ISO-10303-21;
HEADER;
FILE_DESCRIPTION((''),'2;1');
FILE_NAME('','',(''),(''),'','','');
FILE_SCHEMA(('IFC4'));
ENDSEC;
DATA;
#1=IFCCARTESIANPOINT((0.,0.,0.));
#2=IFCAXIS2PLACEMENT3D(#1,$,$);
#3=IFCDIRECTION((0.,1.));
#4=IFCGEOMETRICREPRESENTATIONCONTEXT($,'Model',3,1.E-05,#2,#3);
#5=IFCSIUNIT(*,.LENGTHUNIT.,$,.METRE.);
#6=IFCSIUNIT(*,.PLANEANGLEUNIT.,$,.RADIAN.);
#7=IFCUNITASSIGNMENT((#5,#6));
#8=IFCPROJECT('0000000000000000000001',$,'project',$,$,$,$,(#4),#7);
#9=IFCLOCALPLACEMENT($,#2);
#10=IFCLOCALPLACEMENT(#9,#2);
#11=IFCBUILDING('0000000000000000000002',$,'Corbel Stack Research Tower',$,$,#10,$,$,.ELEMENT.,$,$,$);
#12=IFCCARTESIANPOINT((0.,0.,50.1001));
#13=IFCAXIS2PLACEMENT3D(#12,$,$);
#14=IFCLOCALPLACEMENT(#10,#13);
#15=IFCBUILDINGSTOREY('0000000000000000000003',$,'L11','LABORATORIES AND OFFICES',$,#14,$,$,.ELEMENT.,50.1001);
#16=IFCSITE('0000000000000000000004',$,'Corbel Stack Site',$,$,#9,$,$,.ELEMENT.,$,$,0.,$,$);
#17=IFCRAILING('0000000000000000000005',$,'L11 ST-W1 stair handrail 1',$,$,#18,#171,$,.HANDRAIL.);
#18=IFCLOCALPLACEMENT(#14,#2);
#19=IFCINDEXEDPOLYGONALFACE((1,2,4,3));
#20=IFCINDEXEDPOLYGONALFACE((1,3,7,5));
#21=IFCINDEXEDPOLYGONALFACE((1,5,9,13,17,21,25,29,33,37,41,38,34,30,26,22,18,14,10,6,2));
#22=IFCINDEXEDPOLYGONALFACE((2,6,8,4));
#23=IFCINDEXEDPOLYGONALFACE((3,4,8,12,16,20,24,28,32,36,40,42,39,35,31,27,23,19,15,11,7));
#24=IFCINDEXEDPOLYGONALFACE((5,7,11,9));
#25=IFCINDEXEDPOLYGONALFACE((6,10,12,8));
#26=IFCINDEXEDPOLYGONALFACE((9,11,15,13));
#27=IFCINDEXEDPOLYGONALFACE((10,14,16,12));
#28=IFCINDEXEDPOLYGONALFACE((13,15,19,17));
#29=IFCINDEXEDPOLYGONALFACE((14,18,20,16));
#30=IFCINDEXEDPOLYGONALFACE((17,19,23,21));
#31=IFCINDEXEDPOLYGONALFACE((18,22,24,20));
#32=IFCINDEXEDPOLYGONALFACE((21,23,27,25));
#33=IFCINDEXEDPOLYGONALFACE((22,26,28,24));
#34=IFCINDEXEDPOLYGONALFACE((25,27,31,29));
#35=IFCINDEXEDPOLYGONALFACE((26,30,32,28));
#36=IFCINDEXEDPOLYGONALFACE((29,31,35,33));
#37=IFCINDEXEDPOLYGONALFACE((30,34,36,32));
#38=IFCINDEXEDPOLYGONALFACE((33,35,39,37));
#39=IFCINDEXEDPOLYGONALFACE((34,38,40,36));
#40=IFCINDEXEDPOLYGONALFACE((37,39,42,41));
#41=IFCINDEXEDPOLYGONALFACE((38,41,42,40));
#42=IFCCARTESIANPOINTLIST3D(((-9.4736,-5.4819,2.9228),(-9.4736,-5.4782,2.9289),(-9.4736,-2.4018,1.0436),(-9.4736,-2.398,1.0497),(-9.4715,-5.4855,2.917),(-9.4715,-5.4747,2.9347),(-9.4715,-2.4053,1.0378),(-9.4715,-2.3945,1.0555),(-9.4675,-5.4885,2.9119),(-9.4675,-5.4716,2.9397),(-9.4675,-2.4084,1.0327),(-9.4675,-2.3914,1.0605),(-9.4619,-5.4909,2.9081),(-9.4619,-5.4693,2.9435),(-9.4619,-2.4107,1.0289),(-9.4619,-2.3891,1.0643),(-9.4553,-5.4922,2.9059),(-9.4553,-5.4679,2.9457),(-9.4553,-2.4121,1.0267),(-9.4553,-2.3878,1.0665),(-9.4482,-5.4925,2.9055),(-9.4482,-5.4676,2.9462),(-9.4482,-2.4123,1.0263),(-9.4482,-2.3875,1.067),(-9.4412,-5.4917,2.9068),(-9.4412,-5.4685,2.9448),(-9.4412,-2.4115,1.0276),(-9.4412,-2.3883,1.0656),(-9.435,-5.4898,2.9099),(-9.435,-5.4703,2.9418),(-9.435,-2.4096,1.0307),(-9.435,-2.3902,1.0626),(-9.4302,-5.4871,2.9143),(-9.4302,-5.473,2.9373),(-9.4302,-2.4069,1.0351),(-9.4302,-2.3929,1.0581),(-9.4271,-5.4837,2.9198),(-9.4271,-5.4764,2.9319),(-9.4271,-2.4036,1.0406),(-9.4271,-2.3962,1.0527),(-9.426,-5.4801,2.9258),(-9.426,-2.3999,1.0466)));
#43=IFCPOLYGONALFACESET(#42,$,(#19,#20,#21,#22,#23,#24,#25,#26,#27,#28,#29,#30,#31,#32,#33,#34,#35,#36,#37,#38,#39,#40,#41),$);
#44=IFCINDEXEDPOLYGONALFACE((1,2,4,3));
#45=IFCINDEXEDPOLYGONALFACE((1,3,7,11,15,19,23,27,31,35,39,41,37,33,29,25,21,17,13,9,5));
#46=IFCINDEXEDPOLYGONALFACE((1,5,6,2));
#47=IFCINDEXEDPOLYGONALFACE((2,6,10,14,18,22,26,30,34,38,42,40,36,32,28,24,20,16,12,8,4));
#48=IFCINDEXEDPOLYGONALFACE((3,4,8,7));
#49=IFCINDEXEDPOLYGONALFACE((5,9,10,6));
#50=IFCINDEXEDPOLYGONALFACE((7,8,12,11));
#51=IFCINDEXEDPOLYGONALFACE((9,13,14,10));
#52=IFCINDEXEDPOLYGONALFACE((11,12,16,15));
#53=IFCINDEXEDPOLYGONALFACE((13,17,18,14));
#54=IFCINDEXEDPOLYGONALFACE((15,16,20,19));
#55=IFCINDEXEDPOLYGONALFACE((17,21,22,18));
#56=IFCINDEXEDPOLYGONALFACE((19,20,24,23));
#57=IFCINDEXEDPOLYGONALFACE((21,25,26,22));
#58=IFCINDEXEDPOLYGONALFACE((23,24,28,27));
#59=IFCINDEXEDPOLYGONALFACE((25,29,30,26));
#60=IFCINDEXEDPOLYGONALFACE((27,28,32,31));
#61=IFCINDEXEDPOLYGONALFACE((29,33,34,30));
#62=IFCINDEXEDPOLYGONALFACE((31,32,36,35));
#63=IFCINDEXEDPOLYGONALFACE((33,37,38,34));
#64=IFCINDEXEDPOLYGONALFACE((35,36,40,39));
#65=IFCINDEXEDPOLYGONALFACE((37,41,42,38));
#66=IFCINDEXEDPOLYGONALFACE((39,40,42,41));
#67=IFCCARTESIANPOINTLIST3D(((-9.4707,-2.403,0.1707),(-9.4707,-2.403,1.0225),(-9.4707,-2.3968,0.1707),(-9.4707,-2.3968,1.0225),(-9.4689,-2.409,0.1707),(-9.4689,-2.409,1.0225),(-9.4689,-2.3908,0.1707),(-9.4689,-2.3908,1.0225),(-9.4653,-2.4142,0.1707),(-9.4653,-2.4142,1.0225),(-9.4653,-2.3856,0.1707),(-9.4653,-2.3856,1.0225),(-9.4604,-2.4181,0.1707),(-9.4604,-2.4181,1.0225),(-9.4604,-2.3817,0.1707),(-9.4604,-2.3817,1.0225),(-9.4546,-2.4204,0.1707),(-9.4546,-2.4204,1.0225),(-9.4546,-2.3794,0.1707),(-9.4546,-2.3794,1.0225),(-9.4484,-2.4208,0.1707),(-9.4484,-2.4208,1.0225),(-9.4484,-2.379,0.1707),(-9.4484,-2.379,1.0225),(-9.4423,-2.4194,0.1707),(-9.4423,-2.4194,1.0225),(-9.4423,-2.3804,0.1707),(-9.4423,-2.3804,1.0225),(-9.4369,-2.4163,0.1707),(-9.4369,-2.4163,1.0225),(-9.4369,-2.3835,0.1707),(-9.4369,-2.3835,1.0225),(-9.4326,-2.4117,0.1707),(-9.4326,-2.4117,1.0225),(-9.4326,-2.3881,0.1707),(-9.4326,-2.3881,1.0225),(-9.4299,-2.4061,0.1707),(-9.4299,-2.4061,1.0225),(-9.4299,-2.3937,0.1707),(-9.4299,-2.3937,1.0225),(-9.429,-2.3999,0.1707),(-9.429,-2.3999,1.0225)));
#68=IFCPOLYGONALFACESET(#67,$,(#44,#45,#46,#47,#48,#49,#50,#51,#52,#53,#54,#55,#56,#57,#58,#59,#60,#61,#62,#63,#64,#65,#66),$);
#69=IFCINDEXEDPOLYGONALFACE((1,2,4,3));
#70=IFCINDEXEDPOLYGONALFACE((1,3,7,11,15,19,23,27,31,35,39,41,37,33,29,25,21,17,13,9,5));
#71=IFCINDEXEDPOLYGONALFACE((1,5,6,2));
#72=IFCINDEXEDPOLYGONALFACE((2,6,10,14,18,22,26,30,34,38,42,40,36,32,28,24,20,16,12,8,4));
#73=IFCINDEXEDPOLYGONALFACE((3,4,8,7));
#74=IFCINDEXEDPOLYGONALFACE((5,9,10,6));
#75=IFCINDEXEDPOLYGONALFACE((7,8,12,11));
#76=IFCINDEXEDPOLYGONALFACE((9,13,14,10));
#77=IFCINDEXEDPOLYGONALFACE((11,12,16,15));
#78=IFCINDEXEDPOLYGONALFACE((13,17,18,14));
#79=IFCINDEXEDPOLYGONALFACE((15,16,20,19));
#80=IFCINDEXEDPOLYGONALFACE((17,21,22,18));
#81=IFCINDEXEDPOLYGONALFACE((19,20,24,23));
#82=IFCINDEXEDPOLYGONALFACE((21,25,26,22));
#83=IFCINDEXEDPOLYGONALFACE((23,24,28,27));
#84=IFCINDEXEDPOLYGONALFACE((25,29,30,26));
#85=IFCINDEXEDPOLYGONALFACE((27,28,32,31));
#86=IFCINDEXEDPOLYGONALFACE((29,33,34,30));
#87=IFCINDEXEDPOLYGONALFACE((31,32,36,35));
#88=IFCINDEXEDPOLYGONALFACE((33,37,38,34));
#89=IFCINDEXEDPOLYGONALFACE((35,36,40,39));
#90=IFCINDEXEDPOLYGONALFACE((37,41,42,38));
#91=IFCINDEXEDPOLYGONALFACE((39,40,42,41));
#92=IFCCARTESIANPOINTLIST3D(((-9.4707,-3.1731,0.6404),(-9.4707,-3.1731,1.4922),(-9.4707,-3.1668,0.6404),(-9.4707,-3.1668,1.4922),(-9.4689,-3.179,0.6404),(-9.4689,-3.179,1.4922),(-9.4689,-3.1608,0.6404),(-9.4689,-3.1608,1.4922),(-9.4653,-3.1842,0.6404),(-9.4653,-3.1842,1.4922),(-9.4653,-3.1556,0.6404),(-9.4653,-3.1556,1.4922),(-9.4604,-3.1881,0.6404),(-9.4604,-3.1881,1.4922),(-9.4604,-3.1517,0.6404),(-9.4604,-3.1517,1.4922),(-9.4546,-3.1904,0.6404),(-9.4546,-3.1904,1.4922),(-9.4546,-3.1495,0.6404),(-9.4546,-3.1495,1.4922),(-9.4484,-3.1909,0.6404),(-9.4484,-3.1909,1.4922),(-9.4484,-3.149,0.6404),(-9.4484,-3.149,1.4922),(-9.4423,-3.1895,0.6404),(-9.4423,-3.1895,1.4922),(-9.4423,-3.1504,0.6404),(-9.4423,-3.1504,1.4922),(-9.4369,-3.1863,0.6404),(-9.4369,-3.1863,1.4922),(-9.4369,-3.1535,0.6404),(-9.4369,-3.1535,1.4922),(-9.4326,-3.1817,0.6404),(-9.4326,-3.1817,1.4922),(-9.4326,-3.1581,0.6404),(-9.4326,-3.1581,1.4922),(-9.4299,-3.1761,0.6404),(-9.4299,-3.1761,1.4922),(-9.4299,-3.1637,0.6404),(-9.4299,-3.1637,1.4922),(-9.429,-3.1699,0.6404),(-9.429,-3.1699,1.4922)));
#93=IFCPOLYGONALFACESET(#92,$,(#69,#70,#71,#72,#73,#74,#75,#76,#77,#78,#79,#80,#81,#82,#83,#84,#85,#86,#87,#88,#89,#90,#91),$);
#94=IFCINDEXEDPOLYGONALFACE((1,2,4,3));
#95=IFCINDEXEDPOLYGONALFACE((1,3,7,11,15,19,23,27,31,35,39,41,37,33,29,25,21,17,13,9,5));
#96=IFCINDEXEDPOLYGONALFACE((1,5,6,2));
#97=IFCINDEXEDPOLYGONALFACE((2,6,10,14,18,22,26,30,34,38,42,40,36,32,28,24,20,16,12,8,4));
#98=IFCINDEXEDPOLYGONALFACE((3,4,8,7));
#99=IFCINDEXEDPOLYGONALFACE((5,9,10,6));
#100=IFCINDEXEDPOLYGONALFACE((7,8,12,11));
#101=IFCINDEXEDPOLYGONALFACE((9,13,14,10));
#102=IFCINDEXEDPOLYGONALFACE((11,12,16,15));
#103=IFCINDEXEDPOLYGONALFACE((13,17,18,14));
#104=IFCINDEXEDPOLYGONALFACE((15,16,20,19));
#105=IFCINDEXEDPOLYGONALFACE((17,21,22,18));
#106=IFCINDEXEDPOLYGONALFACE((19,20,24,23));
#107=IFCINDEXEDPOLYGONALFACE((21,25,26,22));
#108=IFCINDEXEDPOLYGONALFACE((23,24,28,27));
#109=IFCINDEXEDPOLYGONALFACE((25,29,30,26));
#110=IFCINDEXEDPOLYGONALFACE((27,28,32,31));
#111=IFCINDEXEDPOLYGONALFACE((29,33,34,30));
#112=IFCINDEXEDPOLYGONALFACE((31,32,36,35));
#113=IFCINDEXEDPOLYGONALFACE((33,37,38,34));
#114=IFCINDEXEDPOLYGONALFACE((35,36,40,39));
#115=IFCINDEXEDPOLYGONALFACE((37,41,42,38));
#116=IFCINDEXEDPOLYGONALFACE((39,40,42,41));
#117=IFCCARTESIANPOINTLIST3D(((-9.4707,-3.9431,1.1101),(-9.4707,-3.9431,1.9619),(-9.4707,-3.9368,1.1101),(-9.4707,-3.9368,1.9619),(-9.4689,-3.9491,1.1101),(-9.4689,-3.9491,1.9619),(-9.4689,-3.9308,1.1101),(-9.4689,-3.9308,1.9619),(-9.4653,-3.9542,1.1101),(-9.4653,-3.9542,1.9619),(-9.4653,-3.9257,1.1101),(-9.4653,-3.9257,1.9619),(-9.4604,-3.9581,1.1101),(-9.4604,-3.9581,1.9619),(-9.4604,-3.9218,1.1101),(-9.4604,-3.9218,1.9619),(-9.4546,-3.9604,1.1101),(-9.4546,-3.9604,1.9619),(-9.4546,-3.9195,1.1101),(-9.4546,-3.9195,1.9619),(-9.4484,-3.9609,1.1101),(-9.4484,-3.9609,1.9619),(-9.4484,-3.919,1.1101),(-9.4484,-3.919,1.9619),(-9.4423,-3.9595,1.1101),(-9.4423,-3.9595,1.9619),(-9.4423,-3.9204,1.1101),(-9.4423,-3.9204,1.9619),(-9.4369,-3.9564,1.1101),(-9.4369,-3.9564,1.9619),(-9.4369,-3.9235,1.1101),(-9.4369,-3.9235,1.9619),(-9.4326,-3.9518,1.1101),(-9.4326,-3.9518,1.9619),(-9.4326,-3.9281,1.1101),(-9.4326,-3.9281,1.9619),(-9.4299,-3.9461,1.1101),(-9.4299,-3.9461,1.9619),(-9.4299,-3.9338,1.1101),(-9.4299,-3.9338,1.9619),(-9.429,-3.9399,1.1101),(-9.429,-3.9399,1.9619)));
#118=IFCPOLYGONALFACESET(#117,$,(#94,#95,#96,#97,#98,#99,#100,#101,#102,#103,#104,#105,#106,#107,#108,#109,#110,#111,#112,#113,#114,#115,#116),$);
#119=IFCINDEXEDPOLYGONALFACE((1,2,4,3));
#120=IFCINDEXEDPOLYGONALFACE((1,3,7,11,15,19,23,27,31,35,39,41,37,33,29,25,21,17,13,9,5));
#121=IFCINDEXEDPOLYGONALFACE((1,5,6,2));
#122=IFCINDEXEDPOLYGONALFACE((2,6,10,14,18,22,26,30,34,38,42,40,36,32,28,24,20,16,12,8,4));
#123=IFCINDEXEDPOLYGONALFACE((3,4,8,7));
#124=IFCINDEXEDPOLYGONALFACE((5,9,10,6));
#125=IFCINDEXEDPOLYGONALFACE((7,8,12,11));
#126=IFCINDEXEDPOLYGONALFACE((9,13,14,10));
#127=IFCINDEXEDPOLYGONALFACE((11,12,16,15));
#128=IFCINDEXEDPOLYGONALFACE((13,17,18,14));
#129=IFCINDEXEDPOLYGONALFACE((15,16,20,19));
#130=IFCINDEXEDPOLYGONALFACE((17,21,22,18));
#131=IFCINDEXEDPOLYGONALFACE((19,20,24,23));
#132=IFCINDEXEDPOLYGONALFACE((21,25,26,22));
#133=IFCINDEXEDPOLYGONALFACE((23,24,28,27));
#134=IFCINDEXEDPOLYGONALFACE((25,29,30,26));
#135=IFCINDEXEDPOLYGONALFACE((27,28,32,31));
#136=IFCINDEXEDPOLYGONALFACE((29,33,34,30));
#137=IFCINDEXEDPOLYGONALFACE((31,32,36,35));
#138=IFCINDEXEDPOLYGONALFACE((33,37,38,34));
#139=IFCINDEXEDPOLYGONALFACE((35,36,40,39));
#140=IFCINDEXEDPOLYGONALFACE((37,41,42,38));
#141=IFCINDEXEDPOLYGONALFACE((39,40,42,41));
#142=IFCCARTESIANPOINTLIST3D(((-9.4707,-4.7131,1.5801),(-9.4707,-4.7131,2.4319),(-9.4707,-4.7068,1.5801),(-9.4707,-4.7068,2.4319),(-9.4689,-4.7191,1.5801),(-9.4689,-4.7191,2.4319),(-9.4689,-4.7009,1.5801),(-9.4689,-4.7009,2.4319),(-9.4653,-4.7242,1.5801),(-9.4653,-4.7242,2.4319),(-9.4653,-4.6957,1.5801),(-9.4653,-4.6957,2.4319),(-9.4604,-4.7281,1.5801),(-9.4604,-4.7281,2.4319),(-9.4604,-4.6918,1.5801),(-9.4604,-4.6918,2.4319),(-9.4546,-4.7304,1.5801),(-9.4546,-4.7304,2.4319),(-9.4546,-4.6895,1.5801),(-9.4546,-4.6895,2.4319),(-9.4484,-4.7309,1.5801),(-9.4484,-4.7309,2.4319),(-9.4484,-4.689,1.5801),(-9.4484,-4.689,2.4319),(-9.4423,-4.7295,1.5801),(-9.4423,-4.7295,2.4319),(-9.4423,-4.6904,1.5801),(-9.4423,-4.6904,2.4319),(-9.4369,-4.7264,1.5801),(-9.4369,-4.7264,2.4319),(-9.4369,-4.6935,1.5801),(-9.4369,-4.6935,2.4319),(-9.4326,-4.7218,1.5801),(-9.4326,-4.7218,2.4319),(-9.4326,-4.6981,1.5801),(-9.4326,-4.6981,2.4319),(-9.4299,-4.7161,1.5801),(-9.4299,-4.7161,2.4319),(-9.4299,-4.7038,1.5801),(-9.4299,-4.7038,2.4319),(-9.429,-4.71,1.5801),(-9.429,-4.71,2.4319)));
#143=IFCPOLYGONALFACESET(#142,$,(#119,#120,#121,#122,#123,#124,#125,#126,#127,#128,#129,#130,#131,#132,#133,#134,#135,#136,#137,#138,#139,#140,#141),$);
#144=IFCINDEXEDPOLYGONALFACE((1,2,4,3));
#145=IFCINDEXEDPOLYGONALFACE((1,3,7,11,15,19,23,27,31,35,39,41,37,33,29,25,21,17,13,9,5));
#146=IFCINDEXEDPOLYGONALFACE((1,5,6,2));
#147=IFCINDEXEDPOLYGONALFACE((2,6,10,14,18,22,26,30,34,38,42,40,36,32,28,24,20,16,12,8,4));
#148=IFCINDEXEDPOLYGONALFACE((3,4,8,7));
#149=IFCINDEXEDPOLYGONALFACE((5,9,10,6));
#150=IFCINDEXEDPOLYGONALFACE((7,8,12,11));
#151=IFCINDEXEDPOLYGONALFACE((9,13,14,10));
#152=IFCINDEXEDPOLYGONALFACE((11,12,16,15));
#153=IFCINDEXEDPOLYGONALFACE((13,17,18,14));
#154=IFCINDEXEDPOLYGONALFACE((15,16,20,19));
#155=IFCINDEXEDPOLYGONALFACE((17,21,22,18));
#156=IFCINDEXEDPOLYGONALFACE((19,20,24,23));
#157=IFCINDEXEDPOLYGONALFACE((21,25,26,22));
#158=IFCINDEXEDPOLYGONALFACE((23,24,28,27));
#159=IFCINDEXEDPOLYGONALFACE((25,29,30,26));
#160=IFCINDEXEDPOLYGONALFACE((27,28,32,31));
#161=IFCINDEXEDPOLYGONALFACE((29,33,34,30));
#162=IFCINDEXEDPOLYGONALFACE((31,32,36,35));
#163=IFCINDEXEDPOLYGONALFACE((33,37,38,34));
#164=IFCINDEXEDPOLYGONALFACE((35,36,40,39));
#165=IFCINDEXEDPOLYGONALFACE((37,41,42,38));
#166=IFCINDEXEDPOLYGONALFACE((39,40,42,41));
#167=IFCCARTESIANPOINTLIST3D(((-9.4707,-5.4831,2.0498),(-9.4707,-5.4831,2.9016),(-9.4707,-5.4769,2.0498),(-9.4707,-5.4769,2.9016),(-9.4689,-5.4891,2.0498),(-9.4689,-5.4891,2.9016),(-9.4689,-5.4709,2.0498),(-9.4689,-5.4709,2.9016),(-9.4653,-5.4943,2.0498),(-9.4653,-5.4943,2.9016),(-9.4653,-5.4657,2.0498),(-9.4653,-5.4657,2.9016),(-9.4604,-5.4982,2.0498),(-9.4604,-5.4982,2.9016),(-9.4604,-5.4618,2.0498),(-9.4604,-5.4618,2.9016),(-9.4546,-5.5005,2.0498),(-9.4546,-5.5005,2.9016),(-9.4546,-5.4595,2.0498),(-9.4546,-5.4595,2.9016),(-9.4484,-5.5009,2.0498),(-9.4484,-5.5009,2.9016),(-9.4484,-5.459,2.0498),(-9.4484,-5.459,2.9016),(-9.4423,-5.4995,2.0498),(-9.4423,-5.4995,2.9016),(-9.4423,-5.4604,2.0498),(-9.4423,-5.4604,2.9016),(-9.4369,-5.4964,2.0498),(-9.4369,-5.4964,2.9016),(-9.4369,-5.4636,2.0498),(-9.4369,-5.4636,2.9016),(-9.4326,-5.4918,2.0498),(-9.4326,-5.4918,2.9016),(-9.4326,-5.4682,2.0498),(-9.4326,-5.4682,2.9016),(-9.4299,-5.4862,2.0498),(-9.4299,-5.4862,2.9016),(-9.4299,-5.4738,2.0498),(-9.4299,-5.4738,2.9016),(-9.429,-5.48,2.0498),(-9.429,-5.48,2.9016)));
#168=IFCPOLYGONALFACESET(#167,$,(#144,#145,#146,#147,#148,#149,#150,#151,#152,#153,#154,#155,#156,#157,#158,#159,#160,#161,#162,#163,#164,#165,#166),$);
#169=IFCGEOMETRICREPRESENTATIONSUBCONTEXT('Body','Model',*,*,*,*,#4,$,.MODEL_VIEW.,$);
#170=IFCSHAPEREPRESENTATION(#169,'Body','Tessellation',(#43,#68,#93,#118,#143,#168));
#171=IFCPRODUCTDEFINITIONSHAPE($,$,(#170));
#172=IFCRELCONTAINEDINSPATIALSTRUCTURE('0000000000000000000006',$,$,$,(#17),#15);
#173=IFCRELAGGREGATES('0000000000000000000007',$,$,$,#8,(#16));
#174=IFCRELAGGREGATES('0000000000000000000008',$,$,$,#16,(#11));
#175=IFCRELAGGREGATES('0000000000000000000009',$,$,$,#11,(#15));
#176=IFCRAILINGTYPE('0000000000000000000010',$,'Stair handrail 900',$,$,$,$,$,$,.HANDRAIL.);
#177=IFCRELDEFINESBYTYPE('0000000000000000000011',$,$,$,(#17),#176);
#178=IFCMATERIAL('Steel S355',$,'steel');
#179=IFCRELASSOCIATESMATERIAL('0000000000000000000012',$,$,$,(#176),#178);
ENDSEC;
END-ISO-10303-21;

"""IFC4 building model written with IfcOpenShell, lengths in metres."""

from ifc_helpers import new_model, si_unit, direction, frame, origin, origin_2d, place, context, subcontext, project, spatial, circle, extrude, material, type_object, element, save


model = new_model("IFC4")

# Units and contexts
model_context = context("Model", 3, precision=1e-05, world=origin(), true_north=direction((0.0, 1.0)))
body_context = subcontext(model_context, "Body", "Model", "MODEL_VIEW")
ifc_project = project(units=[si_unit("LENGTHUNIT", "METRE"), si_unit("PLANEANGLEUNIT", "RADIAN")], contexts=[model_context])

# Site, building, storey
site_placement = place(None, origin())
site = spatial("IfcSite", under=ifc_project, at=site_placement, Name="Corbel Stack Site", CompositionType="ELEMENT", RefElevation=0.0)
building_placement = place(site_placement, origin())
building = spatial("IfcBuilding", under=site, at=building_placement, Name="Corbel Stack Research Tower", CompositionType="ELEMENT")
storey_placement = place(building_placement, frame((0.0, 0.0, 50.1001)))
storey = spatial("IfcBuildingStorey", under=building, at=storey_placement, Name="L11", Description="LABORATORIES AND OFFICES", CompositionType="ELEMENT", Elevation=50.1001)

# Railing
ifc_material_1 = material(Name="Steel S355", Category="steel")
railing_type_1 = type_object("IfcRailingType", Name="Stair handrail 900", PredefinedType="HANDRAIL", material=ifc_material_1)
railing_1_placement = place(storey_placement, frame((-9.45, -2.3999, 0.1707)))
element("IfcRailing", 1, at=railing_1_placement, inside=storey, type_object=railing_type_1, Name="L11 ST-W1 stair handrail 1", PredefinedType="HANDRAIL", context=body_context, shape_type="SweptSolid", body=[
    extrude(circle(Radius=0.0239, at=origin_2d()), frame((0.0, 0.0, 0.876), z_axis=(0.0, -0.853666, 0.52082), x_axis=(1.0, 0.0, 0.0)), (0.0, 0.0, 1.0), 3.6082),
    extrude(circle(Radius=0.021, at=origin_2d()), origin(), (0.0, 0.0, 1.0), 0.8518),
    extrude(circle(Radius=0.021, at=origin_2d()), frame((0.0, -0.77, 0.4697)), (0.0, 0.0, 1.0), 0.8518),
    extrude(circle(Radius=0.021, at=origin_2d()), frame((0.0, -1.54, 0.9395)), (0.0, 0.0, 1.0), 0.8518),
    extrude(circle(Radius=0.021, at=origin_2d()), frame((0.0, -2.3101, 1.4094)), (0.0, 0.0, 1.0), 0.8518),
    extrude(circle(Radius=0.021, at=origin_2d()), frame((0.0, -3.0801, 1.8792)), (0.0, 0.0, 1.0), 0.8518),
])

save(model, "model.ifc")
